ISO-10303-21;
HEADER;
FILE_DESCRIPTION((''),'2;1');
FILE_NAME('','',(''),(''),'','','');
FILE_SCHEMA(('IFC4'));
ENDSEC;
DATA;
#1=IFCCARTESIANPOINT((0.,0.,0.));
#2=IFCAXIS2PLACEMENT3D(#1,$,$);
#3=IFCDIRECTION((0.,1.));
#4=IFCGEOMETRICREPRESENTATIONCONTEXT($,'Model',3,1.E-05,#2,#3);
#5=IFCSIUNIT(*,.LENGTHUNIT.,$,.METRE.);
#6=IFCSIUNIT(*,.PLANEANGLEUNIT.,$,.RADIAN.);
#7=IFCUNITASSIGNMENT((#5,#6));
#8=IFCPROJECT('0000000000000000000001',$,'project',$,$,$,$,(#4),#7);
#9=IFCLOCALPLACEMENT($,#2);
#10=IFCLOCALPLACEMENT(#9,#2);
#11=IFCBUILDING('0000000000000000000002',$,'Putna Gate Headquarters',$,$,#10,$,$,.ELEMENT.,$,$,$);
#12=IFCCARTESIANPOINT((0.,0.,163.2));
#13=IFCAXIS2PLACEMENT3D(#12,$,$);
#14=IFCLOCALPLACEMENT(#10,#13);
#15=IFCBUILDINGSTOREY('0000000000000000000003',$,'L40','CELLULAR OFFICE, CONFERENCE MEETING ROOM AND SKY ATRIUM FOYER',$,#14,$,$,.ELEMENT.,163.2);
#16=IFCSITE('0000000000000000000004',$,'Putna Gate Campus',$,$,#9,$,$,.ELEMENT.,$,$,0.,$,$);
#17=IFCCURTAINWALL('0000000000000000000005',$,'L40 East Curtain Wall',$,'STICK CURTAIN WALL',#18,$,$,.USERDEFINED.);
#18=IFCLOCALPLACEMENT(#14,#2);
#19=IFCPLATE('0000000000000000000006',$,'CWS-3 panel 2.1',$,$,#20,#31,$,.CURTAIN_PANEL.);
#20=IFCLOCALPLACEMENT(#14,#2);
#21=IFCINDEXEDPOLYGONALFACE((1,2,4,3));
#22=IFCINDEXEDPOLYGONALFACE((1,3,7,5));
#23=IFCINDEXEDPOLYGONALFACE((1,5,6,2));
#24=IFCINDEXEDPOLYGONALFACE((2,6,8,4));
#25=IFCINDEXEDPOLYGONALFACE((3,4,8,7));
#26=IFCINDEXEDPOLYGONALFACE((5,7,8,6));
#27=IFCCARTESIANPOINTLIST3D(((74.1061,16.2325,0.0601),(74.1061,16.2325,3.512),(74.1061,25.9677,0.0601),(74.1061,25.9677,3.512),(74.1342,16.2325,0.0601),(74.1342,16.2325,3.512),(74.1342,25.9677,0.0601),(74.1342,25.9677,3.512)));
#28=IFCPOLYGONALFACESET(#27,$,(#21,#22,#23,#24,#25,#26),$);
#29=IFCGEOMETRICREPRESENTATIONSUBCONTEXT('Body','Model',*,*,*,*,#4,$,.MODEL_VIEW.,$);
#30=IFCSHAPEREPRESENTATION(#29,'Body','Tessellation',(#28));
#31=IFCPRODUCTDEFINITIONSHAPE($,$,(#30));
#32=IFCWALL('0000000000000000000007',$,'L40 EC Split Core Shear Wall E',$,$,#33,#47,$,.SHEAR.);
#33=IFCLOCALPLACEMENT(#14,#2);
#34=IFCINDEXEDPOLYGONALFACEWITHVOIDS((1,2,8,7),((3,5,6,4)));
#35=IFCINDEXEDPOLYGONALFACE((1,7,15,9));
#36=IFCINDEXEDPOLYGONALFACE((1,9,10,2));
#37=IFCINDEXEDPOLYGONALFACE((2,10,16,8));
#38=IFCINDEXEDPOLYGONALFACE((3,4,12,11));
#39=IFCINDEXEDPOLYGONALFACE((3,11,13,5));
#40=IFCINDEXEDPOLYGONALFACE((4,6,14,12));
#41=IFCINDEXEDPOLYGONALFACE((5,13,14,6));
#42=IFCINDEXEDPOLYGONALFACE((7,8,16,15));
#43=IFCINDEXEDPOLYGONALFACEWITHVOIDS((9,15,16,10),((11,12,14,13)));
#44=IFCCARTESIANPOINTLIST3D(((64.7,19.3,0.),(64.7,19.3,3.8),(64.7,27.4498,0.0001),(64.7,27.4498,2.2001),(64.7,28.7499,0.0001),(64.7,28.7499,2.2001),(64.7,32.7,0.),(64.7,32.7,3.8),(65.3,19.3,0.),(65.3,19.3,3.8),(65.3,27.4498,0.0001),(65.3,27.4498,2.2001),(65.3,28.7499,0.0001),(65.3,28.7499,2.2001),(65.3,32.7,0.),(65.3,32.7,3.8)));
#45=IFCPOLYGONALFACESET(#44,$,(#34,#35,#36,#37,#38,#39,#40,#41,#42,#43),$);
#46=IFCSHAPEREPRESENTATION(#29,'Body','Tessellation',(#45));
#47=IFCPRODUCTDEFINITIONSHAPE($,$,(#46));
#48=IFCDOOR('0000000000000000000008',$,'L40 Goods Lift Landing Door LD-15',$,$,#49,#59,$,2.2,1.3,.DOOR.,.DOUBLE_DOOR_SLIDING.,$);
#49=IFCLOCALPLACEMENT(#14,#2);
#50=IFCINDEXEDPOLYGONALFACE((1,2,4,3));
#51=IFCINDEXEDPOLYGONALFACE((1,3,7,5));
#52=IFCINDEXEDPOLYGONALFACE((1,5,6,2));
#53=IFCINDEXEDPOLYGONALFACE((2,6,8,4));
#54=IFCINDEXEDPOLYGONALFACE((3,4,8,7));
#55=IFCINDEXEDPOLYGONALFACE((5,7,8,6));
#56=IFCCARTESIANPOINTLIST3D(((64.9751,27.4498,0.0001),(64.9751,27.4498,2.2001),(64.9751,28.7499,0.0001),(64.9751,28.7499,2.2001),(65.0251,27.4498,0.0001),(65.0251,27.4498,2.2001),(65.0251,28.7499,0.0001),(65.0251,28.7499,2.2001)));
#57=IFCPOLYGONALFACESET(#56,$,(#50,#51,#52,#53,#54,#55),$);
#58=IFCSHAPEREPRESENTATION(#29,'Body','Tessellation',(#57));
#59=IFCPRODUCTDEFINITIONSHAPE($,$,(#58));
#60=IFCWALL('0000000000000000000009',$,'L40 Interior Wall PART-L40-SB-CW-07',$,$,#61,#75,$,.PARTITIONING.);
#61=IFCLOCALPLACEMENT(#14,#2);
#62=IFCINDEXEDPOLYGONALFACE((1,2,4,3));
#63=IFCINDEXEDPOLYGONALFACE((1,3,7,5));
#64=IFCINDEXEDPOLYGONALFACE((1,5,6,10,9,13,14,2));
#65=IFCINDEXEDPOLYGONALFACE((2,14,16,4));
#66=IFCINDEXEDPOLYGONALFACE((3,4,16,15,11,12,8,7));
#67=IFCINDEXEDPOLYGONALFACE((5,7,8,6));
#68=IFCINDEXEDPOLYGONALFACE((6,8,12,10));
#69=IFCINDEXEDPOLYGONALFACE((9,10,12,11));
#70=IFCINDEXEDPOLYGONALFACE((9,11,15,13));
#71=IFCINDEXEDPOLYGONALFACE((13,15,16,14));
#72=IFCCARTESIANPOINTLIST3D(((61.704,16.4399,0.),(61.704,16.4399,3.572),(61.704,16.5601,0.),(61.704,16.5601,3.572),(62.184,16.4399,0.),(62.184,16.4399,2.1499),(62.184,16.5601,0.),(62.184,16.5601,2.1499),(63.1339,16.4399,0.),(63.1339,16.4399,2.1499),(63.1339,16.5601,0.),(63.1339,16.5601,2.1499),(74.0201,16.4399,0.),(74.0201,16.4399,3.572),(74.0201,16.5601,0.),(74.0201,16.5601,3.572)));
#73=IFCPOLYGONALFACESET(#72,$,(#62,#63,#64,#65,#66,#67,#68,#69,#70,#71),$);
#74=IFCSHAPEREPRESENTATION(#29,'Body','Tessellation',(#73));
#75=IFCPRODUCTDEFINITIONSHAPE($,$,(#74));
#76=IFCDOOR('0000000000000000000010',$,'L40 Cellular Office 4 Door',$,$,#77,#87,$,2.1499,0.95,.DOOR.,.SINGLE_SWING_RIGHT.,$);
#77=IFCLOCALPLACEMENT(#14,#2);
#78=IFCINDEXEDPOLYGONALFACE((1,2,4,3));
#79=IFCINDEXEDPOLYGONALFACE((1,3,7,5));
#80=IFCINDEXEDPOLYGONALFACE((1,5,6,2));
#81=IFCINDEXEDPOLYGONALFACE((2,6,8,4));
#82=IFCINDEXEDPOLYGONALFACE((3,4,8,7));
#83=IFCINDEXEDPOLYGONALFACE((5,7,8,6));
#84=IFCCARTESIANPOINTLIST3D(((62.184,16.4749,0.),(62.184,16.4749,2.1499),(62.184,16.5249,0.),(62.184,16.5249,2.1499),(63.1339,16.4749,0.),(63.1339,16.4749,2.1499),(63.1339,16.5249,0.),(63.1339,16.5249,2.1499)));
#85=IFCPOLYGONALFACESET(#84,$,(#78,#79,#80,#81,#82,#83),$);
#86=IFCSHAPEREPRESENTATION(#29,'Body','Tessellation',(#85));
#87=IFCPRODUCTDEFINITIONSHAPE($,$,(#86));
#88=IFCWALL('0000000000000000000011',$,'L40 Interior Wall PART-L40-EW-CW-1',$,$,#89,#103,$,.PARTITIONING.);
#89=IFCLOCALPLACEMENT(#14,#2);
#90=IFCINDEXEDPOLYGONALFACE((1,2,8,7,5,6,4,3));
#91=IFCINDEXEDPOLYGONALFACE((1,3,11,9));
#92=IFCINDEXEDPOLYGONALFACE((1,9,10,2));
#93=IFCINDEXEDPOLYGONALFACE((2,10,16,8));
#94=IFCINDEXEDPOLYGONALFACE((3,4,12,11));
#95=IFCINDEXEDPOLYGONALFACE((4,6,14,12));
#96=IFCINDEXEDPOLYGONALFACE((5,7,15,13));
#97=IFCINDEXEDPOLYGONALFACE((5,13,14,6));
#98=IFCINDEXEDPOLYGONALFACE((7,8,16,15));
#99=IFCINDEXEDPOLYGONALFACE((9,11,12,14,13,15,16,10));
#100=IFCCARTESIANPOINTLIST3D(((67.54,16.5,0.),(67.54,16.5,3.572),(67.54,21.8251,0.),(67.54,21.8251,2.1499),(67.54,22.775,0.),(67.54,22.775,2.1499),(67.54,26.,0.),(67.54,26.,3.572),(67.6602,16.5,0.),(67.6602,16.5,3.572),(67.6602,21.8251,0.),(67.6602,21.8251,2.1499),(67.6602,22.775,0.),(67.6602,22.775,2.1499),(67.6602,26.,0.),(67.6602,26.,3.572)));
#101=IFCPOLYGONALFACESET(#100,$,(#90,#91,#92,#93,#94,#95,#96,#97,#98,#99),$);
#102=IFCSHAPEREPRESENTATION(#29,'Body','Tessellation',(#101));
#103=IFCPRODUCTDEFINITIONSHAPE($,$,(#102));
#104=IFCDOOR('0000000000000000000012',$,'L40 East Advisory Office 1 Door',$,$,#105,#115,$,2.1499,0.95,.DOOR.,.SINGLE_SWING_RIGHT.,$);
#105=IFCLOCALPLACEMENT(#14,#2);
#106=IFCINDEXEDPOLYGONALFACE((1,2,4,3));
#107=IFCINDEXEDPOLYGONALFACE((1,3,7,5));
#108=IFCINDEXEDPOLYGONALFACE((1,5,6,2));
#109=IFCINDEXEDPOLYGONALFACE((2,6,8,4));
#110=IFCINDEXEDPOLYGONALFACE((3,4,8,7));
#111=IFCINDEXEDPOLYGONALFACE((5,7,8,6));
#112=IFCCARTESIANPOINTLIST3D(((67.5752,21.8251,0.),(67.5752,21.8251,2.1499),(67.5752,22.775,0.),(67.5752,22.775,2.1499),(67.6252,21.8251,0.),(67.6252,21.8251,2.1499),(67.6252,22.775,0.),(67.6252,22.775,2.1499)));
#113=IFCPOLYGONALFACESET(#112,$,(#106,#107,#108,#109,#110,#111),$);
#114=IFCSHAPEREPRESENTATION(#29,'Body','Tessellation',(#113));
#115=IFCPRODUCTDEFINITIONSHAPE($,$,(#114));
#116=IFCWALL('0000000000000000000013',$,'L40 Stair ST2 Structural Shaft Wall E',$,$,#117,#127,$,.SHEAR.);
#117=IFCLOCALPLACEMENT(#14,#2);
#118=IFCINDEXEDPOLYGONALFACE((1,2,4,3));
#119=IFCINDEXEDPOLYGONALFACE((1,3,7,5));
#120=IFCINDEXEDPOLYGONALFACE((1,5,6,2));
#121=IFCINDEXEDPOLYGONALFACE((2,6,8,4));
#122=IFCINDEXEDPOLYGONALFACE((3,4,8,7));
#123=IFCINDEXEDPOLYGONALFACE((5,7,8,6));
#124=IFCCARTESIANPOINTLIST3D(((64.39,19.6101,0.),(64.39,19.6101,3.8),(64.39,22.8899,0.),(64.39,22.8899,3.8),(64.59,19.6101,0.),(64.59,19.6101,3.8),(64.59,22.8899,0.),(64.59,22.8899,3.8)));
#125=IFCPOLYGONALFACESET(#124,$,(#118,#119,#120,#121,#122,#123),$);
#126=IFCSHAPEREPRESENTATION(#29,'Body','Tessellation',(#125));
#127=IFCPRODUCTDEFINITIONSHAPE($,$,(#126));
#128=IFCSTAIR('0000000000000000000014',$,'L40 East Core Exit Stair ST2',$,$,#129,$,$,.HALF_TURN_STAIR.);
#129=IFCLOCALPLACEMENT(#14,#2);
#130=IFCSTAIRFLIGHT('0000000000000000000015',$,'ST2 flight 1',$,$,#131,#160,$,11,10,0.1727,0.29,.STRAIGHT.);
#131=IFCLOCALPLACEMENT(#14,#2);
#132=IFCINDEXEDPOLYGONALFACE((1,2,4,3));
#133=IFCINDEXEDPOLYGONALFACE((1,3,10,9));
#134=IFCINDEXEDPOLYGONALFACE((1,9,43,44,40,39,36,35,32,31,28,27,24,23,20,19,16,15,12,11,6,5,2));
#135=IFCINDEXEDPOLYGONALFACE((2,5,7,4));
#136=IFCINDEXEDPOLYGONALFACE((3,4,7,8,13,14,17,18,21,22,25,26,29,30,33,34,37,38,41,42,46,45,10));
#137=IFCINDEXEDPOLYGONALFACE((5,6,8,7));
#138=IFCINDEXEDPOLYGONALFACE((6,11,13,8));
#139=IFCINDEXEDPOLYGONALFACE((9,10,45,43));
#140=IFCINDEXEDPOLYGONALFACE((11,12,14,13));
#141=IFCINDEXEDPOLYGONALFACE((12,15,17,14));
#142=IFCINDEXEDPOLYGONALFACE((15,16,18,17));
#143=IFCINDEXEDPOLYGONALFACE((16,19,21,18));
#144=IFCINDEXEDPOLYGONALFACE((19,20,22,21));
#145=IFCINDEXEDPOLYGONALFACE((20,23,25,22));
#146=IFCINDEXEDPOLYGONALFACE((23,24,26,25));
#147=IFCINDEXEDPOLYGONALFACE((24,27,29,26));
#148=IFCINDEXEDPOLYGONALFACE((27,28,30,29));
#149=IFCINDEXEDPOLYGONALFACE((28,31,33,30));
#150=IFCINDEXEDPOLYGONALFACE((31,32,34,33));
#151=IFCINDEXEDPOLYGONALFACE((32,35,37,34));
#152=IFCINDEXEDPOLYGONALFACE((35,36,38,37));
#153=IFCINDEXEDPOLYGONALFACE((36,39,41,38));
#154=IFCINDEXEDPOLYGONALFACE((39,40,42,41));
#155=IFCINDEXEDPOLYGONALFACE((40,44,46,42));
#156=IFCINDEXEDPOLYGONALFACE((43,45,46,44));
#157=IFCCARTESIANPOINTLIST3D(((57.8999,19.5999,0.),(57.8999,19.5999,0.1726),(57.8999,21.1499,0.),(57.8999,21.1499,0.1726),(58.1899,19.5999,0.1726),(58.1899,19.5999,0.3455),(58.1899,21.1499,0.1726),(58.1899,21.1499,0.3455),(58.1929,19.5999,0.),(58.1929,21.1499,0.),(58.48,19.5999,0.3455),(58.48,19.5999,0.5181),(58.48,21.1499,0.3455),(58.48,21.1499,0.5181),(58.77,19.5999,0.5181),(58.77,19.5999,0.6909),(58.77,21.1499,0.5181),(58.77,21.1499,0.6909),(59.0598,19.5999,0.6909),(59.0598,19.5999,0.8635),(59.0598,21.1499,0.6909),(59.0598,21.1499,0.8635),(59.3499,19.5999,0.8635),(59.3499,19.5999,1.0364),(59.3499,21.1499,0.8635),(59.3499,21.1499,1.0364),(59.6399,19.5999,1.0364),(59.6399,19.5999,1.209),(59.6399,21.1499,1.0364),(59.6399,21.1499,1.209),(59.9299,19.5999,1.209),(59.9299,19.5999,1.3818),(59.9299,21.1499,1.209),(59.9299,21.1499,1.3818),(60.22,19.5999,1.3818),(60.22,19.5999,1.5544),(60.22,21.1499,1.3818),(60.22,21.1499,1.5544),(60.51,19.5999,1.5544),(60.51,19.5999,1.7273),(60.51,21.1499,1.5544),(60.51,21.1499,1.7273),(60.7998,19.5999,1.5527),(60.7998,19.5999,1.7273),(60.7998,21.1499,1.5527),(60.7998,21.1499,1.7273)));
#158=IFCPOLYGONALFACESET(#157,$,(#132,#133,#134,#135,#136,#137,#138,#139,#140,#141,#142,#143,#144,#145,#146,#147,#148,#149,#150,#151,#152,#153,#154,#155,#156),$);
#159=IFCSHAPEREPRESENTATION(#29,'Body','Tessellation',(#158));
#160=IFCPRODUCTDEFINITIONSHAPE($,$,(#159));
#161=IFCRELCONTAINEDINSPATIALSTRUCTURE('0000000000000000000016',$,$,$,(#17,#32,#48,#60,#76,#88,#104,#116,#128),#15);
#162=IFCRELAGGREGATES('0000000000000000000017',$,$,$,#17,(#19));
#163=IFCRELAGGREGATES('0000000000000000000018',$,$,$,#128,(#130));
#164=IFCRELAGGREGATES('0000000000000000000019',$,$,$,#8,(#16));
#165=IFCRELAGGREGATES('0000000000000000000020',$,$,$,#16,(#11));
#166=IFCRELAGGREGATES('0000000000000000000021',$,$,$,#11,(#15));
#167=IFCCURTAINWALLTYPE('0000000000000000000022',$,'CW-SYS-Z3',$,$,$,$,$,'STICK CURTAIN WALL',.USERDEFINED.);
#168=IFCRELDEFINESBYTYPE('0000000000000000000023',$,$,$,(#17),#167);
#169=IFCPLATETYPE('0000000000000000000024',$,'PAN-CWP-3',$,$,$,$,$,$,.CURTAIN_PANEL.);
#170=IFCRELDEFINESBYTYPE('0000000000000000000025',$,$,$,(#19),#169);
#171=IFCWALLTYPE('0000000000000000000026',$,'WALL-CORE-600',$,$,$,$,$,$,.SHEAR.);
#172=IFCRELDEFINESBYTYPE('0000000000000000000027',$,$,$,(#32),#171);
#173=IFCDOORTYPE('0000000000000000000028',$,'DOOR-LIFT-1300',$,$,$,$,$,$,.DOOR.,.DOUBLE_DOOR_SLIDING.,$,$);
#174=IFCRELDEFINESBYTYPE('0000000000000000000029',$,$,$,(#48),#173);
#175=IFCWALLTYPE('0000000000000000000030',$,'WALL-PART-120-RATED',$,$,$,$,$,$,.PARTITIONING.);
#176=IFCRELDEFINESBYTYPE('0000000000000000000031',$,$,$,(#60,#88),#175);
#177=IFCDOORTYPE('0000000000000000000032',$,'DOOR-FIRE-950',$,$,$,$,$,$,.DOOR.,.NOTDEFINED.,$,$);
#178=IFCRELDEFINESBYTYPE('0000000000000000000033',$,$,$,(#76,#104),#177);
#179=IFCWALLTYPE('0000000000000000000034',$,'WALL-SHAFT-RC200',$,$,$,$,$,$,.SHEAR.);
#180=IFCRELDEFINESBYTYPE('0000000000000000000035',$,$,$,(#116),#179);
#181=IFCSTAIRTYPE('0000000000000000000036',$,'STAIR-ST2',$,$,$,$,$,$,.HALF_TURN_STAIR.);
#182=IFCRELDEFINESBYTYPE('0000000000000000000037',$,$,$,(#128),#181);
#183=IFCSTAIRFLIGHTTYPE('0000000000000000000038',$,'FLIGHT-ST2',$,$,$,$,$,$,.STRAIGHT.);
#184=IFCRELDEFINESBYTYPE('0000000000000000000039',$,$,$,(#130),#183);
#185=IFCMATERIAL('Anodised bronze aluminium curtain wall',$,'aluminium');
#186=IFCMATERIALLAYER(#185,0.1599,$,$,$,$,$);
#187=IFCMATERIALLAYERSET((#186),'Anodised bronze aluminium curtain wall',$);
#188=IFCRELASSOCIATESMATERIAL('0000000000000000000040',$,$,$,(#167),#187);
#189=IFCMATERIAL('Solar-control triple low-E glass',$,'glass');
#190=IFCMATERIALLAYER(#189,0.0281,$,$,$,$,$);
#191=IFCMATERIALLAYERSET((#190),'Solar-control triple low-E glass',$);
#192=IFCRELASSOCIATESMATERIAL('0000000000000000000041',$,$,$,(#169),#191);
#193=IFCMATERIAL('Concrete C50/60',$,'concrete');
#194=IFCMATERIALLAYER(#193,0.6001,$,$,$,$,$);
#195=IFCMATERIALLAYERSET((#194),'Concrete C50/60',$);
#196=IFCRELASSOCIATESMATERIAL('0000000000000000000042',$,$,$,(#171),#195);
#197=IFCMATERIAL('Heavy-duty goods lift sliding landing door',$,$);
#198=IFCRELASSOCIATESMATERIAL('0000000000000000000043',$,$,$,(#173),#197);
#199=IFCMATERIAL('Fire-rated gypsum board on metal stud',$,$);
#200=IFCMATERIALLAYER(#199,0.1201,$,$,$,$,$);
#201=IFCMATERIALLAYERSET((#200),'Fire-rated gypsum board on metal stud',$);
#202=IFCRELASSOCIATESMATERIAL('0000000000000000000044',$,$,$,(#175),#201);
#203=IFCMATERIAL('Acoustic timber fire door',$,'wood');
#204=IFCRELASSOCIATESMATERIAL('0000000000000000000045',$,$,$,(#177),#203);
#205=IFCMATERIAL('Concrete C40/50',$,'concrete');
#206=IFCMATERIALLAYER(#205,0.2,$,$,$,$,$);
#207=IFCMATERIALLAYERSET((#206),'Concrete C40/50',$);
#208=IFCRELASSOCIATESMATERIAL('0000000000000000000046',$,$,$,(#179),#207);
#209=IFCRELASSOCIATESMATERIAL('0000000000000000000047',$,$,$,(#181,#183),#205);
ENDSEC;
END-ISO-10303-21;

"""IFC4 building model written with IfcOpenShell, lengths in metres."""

from ifc_helpers import new_model, si_unit, direction, frame, frame_2d, origin, origin_2d, place, context, subcontext, project, spatial, polyline, rectangle, outline, extrude, material, layer, layer_set, type_object, element, fill, aggregate, save


model = new_model("IFC4")

# Units and contexts
model_context = context("Model", 3, precision=1e-05, world=origin(), true_north=direction((0.0, 1.0)))
body_context = subcontext(model_context, "Body", "Model", "MODEL_VIEW")
ifc_project = project(units=[si_unit("LENGTHUNIT", "METRE"), si_unit("PLANEANGLEUNIT", "RADIAN")], contexts=[model_context])

# Site, building, storey
site_placement = place(None, origin())
site = spatial("IfcSite", under=ifc_project, at=site_placement, Name="Putna Gate Campus", CompositionType="ELEMENT", RefElevation=0.0)
building_placement = place(site_placement, origin())
building = spatial("IfcBuilding", under=site, at=building_placement, Name="Putna Gate Headquarters", CompositionType="ELEMENT")
storey_placement = place(building_placement, frame((0.0, 0.0, 163.2)))
storey = spatial("IfcBuildingStorey", under=building, at=storey_placement, Name="L40", Description="CELLULAR OFFICE, CONFERENCE MEETING ROOM AND SKY ATRIUM FOYER", CompositionType="ELEMENT", Elevation=163.2)

# Shared definitions
ifc_material_1 = material(Name="Concrete C50/60", Category="concrete")

# Curtain wall, plate
ifc_material_2 = material(Name="Anodised bronze aluminium curtain wall", Category="aluminium")
ifc_layer_1 = layer(ifc_material_2, 0.1599)
ifc_layer_set_1 = layer_set([ifc_layer_1], Name="Anodised bronze aluminium curtain wall")
curtain_wall_type = type_object("IfcCurtainWallType", Name="CW-SYS-Z3", ElementType="STICK CURTAIN WALL", PredefinedType="USERDEFINED", material=ifc_layer_set_1)
curtain_wall_placement = place(storey_placement, origin())
curtain_wall = element("IfcCurtainWall", 1, at=curtain_wall_placement, inside=storey, type_object=curtain_wall_type, Name="L40 East Curtain Wall", ObjectType="STICK CURTAIN WALL", PredefinedType="USERDEFINED")
ifc_material_3 = material(Name="Solar-control triple low-E glass", Category="glass")
ifc_layer_2 = layer(ifc_material_3, 0.0281)
ifc_layer_set_2 = layer_set([ifc_layer_2], Name="Solar-control triple low-E glass")
plate_type = type_object("IfcPlateType", Name="PAN-CWP-3", PredefinedType="CURTAIN_PANEL", material=ifc_layer_set_2)
plate_placement = place(storey_placement, frame((74.1201, 21.1001, 0.0601), z_axis=(0.0, 0.0, 1.0), x_axis=(0.0, 1.0, 0.0)))
plate = element("IfcPlate", 2, at=plate_placement, type_object=plate_type, Name="CWS-3 panel 2.1", PredefinedType="CURTAIN_PANEL", context=body_context, shape_type="SweptSolid", body=[
    extrude(rectangle(XDim=9.7351, YDim=0.0281, at=origin_2d()), origin(), (0.0, 0.0, 1.0), 3.4519),
])
aggregate(curtain_wall, [plate])

# Walls, openings, doors
ifc_layer_3 = layer(ifc_material_1, 0.6001)
ifc_layer_set_3 = layer_set([ifc_layer_3], Name="Concrete C50/60")
wall_type_1 = type_object("IfcWallType", Name="WALL-CORE-600", PredefinedType="SHEAR", material=ifc_layer_set_3)
wall_1_placement = place(storey_placement, frame((65.0, 19.3, 0.0), z_axis=(0.0, 0.0, 1.0), x_axis=(0.0, 1.0, 0.0)))
wall_1 = element("IfcWall", 3, at=wall_1_placement, inside=storey, type_object=wall_type_1, Name="L40 EC Split Core Shear Wall E", PredefinedType="SHEAR", context=body_context, shape_type="SweptSolid", body=[
    extrude(rectangle(XDim=13.3999, YDim=0.6001, at=frame_2d((6.7, 0.0))), origin(), (0.0, 0.0, 1.0), 3.8),
])
opening_1_placement = place(wall_1_placement, frame((8.1499, 0.0, 0.0)))
opening_1 = element("IfcOpeningElement", 4, at=opening_1_placement, cuts=wall_1, PredefinedType="OPENING", context=body_context, shape_type="SweptSolid", body=[
    extrude(rectangle(XDim=1.3, YDim=2.2, at=frame_2d((0.6499, 1.1001))), frame((0.0, 0.3101, 0.0), z_axis=(0.0, -1.0, 0.0), x_axis=(1.0, 0.0, 0.0)), (0.0, 0.0, 1.0), 0.6201),
])
ifc_material_4 = material(Name="Heavy-duty goods lift sliding landing door")
door_type_1 = type_object("IfcDoorType", Name="DOOR-LIFT-1300", OperationType="DOUBLE_DOOR_SLIDING", PredefinedType="DOOR", material=ifc_material_4)
door_1_placement = place(opening_1_placement, origin())
door_1 = element("IfcDoor", 5, at=door_1_placement, inside=storey, type_object=door_type_1, Name="L40 Goods Lift Landing Door LD-15", OperationType="DOUBLE_DOOR_SLIDING", OverallHeight=2.2, OverallWidth=1.3, PredefinedType="DOOR", context=body_context, shape_type="SweptSolid", body=[
    extrude(rectangle(XDim=1.3, YDim=2.2, at=frame_2d((0.6499, 1.1001))), frame((0.0, 0.0249, 0.0), z_axis=(0.0, -1.0, 0.0), x_axis=(1.0, 0.0, 0.0)), (0.0, 0.0, 1.0), 0.05),
])
fill(opening_1, door_1)
ifc_material_5 = material(Name="Fire-rated gypsum board on metal stud")
ifc_layer_4 = layer(ifc_material_5, 0.1201)
ifc_layer_set_4 = layer_set([ifc_layer_4], Name="Fire-rated gypsum board on metal stud")
wall_type_2 = type_object("IfcWallType", Name="WALL-PART-120-RATED", PredefinedType="PARTITIONING", material=ifc_layer_set_4)
wall_2_placement = place(storey_placement, frame((61.7039, 16.5, 0.0), z_axis=(0.0, 0.0, 1.0), x_axis=(1.0, 0.0, 0.0)))
wall_2 = element("IfcWall", 6, at=wall_2_placement, inside=storey, type_object=wall_type_2, Name="L40 Interior Wall PART-L40-SB-CW-07", PredefinedType="PARTITIONING", context=body_context, shape_type="SweptSolid", body=[
    extrude(rectangle(XDim=12.3162, YDim=0.1201, at=frame_2d((6.1582, 0.0))), origin(), (0.0, 0.0, 1.0), 3.572),
])
opening_2_placement = place(wall_2_placement, frame((0.48, 0.0, 0.0)))
opening_2 = element("IfcOpeningElement", 7, at=opening_2_placement, cuts=wall_2, PredefinedType="OPENING", context=body_context, shape_type="SweptSolid", body=[
    extrude(rectangle(XDim=0.95, YDim=2.1499, at=frame_2d((0.4751, 1.075))), frame((0.0, 0.0701, 0.0), z_axis=(0.0, -1.0, 0.0), x_axis=(1.0, 0.0, 0.0)), (0.0, 0.0, 1.0), 0.1401),
])
ifc_material_6 = material(Name="Acoustic timber fire door", Category="wood")
door_type_2 = type_object("IfcDoorType", Name="DOOR-FIRE-950", OperationType="NOTDEFINED", PredefinedType="DOOR", material=ifc_material_6)
door_2_placement = place(opening_2_placement, origin())
door_2 = element("IfcDoor", 8, at=door_2_placement, inside=storey, type_object=door_type_2, Name="L40 Cellular Office 4 Door", OperationType="SINGLE_SWING_RIGHT", OverallHeight=2.1499, OverallWidth=0.95, PredefinedType="DOOR", context=body_context, shape_type="SweptSolid", body=[
    extrude(rectangle(XDim=0.95, YDim=2.1499, at=frame_2d((0.4751, 1.075))), frame((0.0, 0.0249, 0.0), z_axis=(0.0, -1.0, 0.0), x_axis=(1.0, 0.0, 0.0)), (0.0, 0.0, 1.0), 0.05),
])
fill(opening_2, door_2)
wall_3_placement = place(storey_placement, frame((67.6001, 16.5, 0.0), z_axis=(0.0, 0.0, 1.0), x_axis=(0.0, 1.0, 0.0)))
wall_3 = element("IfcWall", 9, at=wall_3_placement, inside=storey, type_object=wall_type_2, Name="L40 Interior Wall PART-L40-EW-CW-1", PredefinedType="PARTITIONING", context=body_context, shape_type="SweptSolid", body=[
    extrude(rectangle(XDim=9.5, YDim=0.1201, at=frame_2d((4.75, 0.0))), origin(), (0.0, 0.0, 1.0), 3.572),
])
opening_3_placement = place(wall_3_placement, frame((5.325, 0.0, 0.0)))
opening_3 = element("IfcOpeningElement", 10, at=opening_3_placement, cuts=wall_3, PredefinedType="OPENING", context=body_context, shape_type="SweptSolid", body=[
    extrude(rectangle(XDim=0.95, YDim=2.1499, at=frame_2d((0.4751, 1.075))), frame((0.0, 0.0701, 0.0), z_axis=(0.0, -1.0, 0.0), x_axis=(1.0, 0.0, 0.0)), (0.0, 0.0, 1.0), 0.1401),
])
door_3_placement = place(opening_3_placement, origin())
door_3 = element("IfcDoor", 11, at=door_3_placement, inside=storey, type_object=door_type_2, Name="L40 East Advisory Office 1 Door", OperationType="SINGLE_SWING_RIGHT", OverallHeight=2.1499, OverallWidth=0.95, PredefinedType="DOOR", context=body_context, shape_type="SweptSolid", body=[
    extrude(rectangle(XDim=0.95, YDim=2.1499, at=frame_2d((0.4751, 1.075))), frame((0.0, 0.0249, 0.0), z_axis=(0.0, -1.0, 0.0), x_axis=(1.0, 0.0, 0.0)), (0.0, 0.0, 1.0), 0.05),
])
fill(opening_3, door_3)

# Wall
ifc_material_7 = material(Name="Concrete C40/50", Category="concrete")
ifc_layer_5 = layer(ifc_material_7, 0.2)
ifc_layer_set_5 = layer_set([ifc_layer_5], Name="Concrete C40/50")
wall_type_3 = type_object("IfcWallType", Name="WALL-SHAFT-RC200", PredefinedType="SHEAR", material=ifc_layer_set_5)
wall_4_placement = place(storey_placement, frame((64.49, 19.6101, 0.0), z_axis=(0.0, 0.0, 1.0), x_axis=(0.0, 1.0, 0.0)))
element("IfcWall", 12, at=wall_4_placement, inside=storey, type_object=wall_type_3, Name="L40 Stair ST2 Structural Shaft Wall E", PredefinedType="SHEAR", context=body_context, shape_type="SweptSolid", body=[
    extrude(rectangle(XDim=3.2798, YDim=0.2, at=frame_2d((1.6399, 0.0))), origin(), (0.0, 0.0, 1.0), 3.8),
])

# Stair, stair flight
stair_type = type_object("IfcStairType", Name="STAIR-ST2", PredefinedType="HALF_TURN_STAIR", material=ifc_material_7)
stair_placement = place(storey_placement, origin())
stair = element("IfcStair", 13, at=stair_placement, inside=storey, type_object=stair_type, Name="L40 East Core Exit Stair ST2", PredefinedType="HALF_TURN_STAIR")
stair_flight_type = type_object("IfcStairFlightType", Name="FLIGHT-ST2", PredefinedType="STRAIGHT", material=ifc_material_7)
stair_flight_1_placement = place(storey_placement, frame((57.8999, 20.375, 0.0), z_axis=(0.0, 0.0, 1.0), x_axis=(1.0, 0.0, 0.0)))
stair_flight_1 = element("IfcStairFlight", 14, at=stair_flight_1_placement, type_object=stair_flight_type, Name="ST2 flight 1", NumberOfRisers=11, NumberOfTreads=10, PredefinedType="STRAIGHT", RiserHeight=0.1727, TreadLength=0.29, context=body_context, shape_type="SweptSolid", body=[
    extrude(outline(polyline([(0.0, 0.0), (0.0, 0.1726), (0.29, 0.1726), (0.29, 0.3455), (0.5801, 0.3455), (0.5801, 0.5181), (0.8701, 0.5181), (0.8701, 0.6909), (1.1599, 0.6909), (1.1599, 0.8635), (1.45, 0.8635), (1.45, 1.0364), (1.74, 1.0364), (1.74, 1.209), (2.03, 1.209), (2.03, 1.3818), (2.3201, 1.3818), (2.3201, 1.5544), (2.6101, 1.5544), (2.6101, 1.7273), (2.8999, 1.7273), (2.8999, 1.8999), (2.8999, 1.5527), (0.293, 0.0), (0.0, 0.0)])), frame((0.0, 0.7749, 0.0), z_axis=(0.0, -1.0, 0.0), x_axis=(1.0, 0.0, 0.0)), (0.0, 0.0, 1.0), 1.55),
])
aggregate(stair, [stair_flight_1])

save(model, "model.ifc")
